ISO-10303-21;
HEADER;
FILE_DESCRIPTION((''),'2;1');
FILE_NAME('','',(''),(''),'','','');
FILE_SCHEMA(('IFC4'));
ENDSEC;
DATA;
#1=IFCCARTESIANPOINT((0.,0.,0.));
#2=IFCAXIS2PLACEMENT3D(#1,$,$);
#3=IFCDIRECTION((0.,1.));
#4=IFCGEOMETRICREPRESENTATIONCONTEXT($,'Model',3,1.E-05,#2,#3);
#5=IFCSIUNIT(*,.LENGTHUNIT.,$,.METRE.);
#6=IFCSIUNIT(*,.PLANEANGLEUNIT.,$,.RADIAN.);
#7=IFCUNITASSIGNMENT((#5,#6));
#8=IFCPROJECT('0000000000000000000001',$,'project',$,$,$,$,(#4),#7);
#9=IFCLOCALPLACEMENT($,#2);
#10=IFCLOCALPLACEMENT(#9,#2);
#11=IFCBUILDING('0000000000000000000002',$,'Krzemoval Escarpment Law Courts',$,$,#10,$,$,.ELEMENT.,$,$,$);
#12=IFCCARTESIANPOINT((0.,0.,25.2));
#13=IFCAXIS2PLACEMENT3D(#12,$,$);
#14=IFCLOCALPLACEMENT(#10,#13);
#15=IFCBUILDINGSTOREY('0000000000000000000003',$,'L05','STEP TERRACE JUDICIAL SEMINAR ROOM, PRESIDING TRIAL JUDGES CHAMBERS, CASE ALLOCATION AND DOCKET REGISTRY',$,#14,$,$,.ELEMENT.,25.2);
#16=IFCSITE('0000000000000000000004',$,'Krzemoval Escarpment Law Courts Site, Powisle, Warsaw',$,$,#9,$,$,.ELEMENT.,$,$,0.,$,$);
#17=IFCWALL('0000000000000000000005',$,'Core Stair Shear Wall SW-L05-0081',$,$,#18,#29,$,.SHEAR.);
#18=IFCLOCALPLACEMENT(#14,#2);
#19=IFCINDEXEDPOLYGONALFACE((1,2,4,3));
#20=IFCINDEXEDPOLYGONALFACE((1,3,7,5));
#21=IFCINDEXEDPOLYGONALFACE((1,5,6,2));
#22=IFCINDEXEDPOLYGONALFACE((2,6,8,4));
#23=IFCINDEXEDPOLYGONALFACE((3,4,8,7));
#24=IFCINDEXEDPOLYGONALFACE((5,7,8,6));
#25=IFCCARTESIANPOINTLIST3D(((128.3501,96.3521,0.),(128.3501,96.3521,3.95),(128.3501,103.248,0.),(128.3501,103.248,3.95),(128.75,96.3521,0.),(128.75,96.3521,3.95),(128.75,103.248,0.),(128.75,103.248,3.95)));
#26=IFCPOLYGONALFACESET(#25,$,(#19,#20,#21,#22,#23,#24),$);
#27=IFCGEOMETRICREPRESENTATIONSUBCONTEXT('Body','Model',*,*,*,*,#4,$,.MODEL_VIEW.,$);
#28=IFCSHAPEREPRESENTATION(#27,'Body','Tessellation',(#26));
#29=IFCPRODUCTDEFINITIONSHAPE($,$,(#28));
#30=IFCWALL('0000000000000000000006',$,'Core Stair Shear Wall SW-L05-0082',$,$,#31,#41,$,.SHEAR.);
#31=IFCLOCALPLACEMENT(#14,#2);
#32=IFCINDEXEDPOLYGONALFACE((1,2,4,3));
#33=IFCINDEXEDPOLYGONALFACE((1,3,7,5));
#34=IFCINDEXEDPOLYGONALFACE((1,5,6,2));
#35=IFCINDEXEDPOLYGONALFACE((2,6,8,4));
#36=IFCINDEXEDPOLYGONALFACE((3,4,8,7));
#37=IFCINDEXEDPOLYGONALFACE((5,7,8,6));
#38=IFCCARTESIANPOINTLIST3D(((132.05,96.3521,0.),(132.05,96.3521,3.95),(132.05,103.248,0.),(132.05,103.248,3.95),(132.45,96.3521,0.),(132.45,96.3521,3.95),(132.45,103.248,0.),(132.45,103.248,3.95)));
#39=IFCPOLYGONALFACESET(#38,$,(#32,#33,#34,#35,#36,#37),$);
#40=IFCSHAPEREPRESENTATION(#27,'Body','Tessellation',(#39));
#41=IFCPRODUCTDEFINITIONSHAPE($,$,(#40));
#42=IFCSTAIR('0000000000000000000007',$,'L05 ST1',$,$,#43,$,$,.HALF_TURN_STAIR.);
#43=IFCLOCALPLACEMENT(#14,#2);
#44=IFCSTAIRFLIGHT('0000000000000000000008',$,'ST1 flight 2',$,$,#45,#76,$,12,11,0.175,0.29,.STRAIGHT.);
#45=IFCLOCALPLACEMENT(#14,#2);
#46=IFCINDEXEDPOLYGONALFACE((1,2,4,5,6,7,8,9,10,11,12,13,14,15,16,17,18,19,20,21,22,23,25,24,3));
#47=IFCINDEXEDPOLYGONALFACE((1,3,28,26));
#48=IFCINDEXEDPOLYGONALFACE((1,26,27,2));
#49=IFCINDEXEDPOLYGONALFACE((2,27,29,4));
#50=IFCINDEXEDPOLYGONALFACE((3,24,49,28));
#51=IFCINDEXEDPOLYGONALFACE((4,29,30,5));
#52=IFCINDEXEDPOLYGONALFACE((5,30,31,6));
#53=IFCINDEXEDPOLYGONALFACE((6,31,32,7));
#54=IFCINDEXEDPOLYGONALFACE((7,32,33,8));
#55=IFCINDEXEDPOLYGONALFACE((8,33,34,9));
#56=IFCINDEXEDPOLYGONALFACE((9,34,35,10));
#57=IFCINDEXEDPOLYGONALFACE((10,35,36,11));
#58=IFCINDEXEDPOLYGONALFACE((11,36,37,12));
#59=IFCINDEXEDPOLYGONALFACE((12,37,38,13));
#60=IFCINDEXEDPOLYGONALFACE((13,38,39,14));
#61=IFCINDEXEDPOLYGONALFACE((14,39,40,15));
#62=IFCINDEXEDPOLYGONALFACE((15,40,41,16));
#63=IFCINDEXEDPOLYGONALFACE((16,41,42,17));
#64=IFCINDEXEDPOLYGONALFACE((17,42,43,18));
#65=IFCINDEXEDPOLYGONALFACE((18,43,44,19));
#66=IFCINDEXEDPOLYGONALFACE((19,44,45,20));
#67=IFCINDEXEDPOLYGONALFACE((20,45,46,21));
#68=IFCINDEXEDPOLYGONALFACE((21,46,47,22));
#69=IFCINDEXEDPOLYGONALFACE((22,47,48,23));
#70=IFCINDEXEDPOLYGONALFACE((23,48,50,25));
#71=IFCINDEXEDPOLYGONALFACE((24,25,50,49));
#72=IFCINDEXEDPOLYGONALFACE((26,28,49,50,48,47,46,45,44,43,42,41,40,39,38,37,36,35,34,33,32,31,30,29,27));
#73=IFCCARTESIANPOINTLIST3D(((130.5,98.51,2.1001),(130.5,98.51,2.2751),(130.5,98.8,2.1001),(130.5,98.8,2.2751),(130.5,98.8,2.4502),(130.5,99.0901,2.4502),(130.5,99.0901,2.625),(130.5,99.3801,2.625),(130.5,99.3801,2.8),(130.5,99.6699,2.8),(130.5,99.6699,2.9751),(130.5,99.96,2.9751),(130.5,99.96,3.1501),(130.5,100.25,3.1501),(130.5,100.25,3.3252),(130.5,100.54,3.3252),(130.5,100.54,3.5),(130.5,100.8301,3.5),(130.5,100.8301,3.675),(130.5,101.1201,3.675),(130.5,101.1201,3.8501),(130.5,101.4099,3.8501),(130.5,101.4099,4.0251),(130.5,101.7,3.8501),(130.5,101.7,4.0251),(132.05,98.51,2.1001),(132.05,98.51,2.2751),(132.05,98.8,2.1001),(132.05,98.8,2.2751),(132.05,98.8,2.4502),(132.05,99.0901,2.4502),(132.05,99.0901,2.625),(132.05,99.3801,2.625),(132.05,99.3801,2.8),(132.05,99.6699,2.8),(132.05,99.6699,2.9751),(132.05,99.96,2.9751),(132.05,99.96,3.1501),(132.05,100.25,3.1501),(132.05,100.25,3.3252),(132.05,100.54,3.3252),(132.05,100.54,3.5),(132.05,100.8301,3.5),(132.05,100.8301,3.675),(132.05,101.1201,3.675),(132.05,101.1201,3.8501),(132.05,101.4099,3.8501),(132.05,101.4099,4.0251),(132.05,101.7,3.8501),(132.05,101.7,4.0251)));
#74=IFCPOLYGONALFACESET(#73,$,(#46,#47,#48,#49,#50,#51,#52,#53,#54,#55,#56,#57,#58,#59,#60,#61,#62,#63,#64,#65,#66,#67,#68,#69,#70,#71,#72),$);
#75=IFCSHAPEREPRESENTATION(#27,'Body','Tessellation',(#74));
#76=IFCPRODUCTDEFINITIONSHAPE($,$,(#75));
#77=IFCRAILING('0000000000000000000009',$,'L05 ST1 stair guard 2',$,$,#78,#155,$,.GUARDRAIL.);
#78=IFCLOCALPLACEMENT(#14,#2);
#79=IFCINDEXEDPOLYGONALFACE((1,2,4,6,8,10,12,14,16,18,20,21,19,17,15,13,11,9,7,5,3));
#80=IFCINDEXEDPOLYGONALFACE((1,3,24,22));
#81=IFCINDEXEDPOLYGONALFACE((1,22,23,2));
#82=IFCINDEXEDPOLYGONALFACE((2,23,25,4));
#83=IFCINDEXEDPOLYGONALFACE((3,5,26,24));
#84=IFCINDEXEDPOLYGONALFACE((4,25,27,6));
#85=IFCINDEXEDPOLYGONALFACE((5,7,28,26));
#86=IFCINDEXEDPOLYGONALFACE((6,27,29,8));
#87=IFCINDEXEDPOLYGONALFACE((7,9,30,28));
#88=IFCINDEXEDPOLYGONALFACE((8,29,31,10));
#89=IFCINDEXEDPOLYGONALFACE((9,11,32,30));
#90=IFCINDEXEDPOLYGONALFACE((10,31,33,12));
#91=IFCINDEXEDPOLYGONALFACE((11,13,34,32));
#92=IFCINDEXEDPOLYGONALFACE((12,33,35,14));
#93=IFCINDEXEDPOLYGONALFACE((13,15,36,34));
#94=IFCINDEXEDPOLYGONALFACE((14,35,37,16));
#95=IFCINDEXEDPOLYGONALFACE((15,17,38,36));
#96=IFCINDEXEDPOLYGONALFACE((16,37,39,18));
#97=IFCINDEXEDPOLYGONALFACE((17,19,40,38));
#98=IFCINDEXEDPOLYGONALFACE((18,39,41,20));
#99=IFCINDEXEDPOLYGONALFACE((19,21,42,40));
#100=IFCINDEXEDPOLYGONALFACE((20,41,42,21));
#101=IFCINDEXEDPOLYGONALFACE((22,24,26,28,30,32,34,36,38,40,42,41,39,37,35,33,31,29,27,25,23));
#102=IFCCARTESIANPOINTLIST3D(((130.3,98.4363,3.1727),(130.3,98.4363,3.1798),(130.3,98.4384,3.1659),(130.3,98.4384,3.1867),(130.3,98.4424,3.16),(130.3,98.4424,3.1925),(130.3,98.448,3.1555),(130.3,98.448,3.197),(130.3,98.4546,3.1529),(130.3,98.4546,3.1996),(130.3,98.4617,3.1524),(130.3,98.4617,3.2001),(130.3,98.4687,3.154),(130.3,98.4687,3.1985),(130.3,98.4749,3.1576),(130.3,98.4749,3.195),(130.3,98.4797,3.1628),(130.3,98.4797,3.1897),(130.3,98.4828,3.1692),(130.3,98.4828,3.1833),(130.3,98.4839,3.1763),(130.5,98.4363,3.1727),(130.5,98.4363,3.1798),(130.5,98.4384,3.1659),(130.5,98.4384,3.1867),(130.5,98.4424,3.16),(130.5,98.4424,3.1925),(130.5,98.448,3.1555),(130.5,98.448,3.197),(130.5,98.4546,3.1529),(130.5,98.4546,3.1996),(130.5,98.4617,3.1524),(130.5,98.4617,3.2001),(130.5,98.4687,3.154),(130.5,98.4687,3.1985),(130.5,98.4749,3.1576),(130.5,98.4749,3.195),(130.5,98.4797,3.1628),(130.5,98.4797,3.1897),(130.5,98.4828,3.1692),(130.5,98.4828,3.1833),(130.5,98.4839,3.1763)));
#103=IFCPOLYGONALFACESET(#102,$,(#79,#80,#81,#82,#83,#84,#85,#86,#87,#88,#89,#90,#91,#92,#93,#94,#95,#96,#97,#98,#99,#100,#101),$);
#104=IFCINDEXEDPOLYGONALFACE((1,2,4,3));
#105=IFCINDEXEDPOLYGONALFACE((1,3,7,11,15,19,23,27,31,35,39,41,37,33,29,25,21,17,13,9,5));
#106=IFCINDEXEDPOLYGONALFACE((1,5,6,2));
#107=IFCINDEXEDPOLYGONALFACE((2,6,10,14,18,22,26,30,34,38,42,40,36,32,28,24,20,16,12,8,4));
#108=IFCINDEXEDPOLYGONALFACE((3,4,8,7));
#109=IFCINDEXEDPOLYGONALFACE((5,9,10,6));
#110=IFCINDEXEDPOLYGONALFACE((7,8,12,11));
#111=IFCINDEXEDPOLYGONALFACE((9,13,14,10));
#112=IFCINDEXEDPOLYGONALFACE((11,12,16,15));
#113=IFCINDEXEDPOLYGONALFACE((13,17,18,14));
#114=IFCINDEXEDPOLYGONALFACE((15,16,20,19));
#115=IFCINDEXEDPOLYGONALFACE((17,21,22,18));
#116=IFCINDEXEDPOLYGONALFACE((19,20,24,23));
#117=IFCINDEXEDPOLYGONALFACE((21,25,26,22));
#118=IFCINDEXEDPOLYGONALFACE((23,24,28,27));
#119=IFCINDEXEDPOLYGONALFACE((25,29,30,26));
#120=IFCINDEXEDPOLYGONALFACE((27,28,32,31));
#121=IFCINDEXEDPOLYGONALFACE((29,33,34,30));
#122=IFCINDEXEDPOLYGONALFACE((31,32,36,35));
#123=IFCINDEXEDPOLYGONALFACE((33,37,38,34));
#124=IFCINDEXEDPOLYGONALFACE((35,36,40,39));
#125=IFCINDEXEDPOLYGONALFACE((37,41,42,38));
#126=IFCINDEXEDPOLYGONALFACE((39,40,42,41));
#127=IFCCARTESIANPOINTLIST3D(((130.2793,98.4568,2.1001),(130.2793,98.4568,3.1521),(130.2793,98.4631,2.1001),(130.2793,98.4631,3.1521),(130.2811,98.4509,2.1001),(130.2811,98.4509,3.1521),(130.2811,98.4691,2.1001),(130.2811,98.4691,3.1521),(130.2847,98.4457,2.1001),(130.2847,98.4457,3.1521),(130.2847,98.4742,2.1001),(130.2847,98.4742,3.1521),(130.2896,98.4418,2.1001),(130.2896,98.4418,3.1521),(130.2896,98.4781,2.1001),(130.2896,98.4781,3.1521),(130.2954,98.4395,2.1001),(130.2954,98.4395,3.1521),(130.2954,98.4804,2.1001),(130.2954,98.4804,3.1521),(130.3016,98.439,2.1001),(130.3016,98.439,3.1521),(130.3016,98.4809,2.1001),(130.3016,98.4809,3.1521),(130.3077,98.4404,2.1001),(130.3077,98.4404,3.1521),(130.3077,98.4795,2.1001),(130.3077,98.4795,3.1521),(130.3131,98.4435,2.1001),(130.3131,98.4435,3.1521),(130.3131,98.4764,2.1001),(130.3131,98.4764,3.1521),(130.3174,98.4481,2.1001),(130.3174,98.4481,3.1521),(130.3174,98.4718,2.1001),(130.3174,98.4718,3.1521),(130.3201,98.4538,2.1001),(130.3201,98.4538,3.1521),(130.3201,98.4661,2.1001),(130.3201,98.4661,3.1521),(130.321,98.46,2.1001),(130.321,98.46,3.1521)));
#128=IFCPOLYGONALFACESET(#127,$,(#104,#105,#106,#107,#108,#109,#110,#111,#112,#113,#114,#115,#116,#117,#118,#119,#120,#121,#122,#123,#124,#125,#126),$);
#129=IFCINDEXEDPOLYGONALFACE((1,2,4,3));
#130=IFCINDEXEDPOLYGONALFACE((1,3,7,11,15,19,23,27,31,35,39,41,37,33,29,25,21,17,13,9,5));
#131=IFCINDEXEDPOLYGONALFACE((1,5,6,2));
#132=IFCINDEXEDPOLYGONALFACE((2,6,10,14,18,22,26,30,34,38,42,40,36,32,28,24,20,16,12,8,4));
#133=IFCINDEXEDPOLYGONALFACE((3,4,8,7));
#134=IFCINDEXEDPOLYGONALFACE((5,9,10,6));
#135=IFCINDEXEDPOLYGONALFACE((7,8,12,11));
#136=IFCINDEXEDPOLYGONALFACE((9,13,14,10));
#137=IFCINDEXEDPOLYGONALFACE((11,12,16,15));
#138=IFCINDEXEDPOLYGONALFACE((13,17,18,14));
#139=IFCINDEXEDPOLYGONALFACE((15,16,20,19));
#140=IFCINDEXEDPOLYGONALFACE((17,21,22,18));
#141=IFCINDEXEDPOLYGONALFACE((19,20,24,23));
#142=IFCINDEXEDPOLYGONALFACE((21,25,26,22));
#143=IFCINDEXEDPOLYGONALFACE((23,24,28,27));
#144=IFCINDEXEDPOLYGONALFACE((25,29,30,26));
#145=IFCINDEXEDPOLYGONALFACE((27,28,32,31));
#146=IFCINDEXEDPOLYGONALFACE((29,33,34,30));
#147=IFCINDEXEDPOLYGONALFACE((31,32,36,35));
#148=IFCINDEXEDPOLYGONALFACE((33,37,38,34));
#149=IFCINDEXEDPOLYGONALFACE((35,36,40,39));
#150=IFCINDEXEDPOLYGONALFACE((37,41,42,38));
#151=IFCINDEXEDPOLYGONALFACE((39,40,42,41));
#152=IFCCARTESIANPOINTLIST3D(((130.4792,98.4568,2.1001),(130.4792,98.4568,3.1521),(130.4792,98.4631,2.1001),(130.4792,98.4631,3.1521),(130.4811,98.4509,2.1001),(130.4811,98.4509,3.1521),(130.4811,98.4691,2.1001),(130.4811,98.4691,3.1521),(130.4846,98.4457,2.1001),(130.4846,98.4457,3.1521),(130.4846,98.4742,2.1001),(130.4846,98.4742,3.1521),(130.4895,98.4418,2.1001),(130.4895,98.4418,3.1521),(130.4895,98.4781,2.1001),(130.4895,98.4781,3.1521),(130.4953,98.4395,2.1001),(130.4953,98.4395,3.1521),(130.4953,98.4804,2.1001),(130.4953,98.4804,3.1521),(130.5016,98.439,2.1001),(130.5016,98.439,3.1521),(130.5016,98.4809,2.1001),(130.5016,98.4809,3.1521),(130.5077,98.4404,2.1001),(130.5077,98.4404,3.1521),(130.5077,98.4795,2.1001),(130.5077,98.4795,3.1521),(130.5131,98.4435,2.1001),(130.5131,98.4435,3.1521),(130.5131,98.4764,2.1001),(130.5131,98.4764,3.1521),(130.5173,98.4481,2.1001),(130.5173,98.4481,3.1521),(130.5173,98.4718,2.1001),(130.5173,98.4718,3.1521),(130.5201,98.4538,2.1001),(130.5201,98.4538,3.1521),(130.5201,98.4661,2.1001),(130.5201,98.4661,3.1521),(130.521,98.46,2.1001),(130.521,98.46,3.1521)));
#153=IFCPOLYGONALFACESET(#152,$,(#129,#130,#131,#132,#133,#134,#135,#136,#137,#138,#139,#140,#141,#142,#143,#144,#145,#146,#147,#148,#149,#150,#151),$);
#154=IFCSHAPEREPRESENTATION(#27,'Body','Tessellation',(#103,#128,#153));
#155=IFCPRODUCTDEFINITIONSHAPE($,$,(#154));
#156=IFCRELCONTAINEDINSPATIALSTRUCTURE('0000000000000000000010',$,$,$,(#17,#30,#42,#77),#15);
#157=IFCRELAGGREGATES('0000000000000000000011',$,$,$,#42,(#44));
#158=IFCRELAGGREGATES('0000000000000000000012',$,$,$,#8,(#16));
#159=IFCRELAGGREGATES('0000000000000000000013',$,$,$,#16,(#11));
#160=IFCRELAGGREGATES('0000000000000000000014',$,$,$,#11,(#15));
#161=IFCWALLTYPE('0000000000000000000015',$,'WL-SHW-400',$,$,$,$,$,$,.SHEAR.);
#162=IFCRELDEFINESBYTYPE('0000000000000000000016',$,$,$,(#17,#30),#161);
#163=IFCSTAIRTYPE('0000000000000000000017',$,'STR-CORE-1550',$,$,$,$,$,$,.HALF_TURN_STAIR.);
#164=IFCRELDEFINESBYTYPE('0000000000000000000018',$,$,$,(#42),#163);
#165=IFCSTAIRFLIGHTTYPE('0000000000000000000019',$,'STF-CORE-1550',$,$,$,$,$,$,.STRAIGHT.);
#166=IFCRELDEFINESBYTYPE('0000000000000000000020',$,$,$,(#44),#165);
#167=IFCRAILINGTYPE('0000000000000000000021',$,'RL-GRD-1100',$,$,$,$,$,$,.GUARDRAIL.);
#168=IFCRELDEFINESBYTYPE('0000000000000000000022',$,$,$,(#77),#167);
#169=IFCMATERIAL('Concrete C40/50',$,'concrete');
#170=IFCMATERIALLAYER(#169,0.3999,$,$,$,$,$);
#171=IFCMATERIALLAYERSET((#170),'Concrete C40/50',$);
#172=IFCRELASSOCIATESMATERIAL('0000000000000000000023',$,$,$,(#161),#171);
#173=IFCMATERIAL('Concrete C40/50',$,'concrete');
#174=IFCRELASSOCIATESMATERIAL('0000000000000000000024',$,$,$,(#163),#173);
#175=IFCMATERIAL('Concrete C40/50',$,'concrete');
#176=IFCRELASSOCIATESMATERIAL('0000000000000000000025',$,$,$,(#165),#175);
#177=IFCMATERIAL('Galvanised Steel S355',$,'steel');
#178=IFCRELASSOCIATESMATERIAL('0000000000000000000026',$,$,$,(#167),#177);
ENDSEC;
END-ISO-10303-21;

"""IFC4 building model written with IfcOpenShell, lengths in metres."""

from ifc_helpers import new_model, si_unit, direction, frame, frame_2d, origin, origin_2d, place, context, subcontext, project, spatial, polyline, rectangle, circle, outline, extrude, material, layer, layer_set, type_object, element, aggregate, save


model = new_model("IFC4")

# Units and contexts
model_context = context("Model", 3, precision=1e-05, world=origin(), true_north=direction((0.0, 1.0)))
body_context = subcontext(model_context, "Body", "Model", "MODEL_VIEW")
ifc_project = project(units=[si_unit("LENGTHUNIT", "METRE"), si_unit("PLANEANGLEUNIT", "RADIAN")], contexts=[model_context])

# Site, building, storey
site_placement = place(None, origin())
site = spatial("IfcSite", under=ifc_project, at=site_placement, Name="Krzemoval Escarpment Law Courts Site, Powisle, Warsaw", CompositionType="ELEMENT", RefElevation=0.0)
building_placement = place(site_placement, origin())
building = spatial("IfcBuilding", under=site, at=building_placement, Name="Krzemoval Escarpment Law Courts", CompositionType="ELEMENT")
storey_placement = place(building_placement, frame((0.0, 0.0, 25.2)))
storey = spatial("IfcBuildingStorey", under=building, at=storey_placement, Name="L05", Description="STEP TERRACE JUDICIAL SEMINAR ROOM, PRESIDING TRIAL JUDGES CHAMBERS, CASE ALLOCATION AND DOCKET REGISTRY", CompositionType="ELEMENT", Elevation=25.2)

# Walls
ifc_material_1 = material(Name="Concrete C40/50", Category="concrete")
ifc_layer_1 = layer(ifc_material_1, 0.3999)
ifc_layer_set_1 = layer_set([ifc_layer_1], Name="Concrete C40/50")
wall_type_1 = type_object("IfcWallType", Name="WL-SHW-400", PredefinedType="SHEAR", material=ifc_layer_set_1)
for number, where, z_axis, x_axis, name in (
    (1, (128.55, 96.3521, 0.0), (0.0, 0.0, 1.0), (0.0, 1.0, 0.0), "Core Stair Shear Wall SW-L05-0081"),
    (2, (132.25, 96.3521, 0.0), (0.0, 0.0, 1.0), (0.0, 1.0, 0.0), "Core Stair Shear Wall SW-L05-0082"),
):
    element("IfcWall", number, at=place(storey_placement, frame(where, z_axis=z_axis, x_axis=x_axis)), inside=storey, type_object=wall_type_1, Name=name, PredefinedType="SHEAR", context=body_context, shape_type="SweptSolid", body=[
        extrude(rectangle(XDim=6.896, YDim=0.3999, at=frame_2d((3.448, 0.0))), origin(), (0.0, 0.0, 1.0), 3.95),
    ])

# Stair, stair flight
ifc_material_2 = material(Name="Concrete C40/50", Category="concrete")
stair_type = type_object("IfcStairType", Name="STR-CORE-1550", PredefinedType="HALF_TURN_STAIR", material=ifc_material_2)
stair_placement = place(storey_placement, origin())
stair = element("IfcStair", 3, at=stair_placement, inside=storey, type_object=stair_type, Name="L05 ST1", PredefinedType="HALF_TURN_STAIR")
ifc_material_3 = material(Name="Concrete C40/50", Category="concrete")
stair_flight_type = type_object("IfcStairFlightType", Name="STF-CORE-1550", PredefinedType="STRAIGHT", material=ifc_material_3)
stair_flight_placement = place(storey_placement, frame((131.2749, 98.51, 2.1001), z_axis=(0.0, 0.0, 1.0), x_axis=(0.0, 1.0, 0.0)))
stair_flight = element("IfcStairFlight", 4, at=stair_flight_placement, type_object=stair_flight_type, Name="ST1 flight 2", NumberOfRisers=12, NumberOfTreads=11, PredefinedType="STRAIGHT", RiserHeight=0.175, TreadLength=0.29, context=body_context, shape_type="SweptSolid", body=[
    extrude(outline(polyline([(0.0, 0.0), (0.0, 0.175), (0.29, 0.175), (0.29, 0.3501), (0.5801, 0.3501), (0.5801, 0.5249), (0.8701, 0.5249), (0.8701, 0.7), (1.1599, 0.7), (1.1599, 0.875), (1.45, 0.875), (1.45, 1.05), (1.74, 1.05), (1.74, 1.2251), (2.03, 1.2251), (2.03, 1.3999), (2.3201, 1.3999), (2.3201, 1.575), (2.6101, 1.575), (2.6101, 1.75), (2.8999, 1.75), (2.8999, 1.925), (3.1899, 1.925), (3.1899, 2.1001), (3.1899, 1.75), (0.29, 0.0), (0.0, 0.0)])), frame((0.0, 0.7749, 0.0), z_axis=(0.0, -1.0, 0.0), x_axis=(1.0, 0.0, 0.0)), (0.0, 0.0, 1.0), 1.55),
])
aggregate(stair, [stair_flight])

# Railing
ifc_material_4 = material(Name="Galvanised Steel S355", Category="steel")
railing_type_1 = type_object("IfcRailingType", Name="RL-GRD-1100", PredefinedType="GUARDRAIL", material=ifc_material_4)
railing_1_placement = place(storey_placement, frame((130.3, 98.46, 2.1001)))
element("IfcRailing", 5, at=railing_1_placement, inside=storey, type_object=railing_type_1, Name="L05 ST1 stair guard 2", PredefinedType="GUARDRAIL", context=body_context, shape_type="SweptSolid", body=[
    extrude(circle(Radius=0.0239, at=origin_2d()), frame((0.0, 0.0, 1.0762), z_axis=(1.0, 0.0, 0.0), x_axis=(0.0, 1.0, 0.0)), (0.0, 0.0, 1.0), 0.2),
    extrude(circle(Radius=0.021, at=origin_2d()), origin(), (0.0, 0.0, 1.0), 1.052),
    extrude(circle(Radius=0.021, at=origin_2d()), frame((0.2, 0.0, 0.0)), (0.0, 0.0, 1.0), 1.052),
])

save(model, "model.ifc")
